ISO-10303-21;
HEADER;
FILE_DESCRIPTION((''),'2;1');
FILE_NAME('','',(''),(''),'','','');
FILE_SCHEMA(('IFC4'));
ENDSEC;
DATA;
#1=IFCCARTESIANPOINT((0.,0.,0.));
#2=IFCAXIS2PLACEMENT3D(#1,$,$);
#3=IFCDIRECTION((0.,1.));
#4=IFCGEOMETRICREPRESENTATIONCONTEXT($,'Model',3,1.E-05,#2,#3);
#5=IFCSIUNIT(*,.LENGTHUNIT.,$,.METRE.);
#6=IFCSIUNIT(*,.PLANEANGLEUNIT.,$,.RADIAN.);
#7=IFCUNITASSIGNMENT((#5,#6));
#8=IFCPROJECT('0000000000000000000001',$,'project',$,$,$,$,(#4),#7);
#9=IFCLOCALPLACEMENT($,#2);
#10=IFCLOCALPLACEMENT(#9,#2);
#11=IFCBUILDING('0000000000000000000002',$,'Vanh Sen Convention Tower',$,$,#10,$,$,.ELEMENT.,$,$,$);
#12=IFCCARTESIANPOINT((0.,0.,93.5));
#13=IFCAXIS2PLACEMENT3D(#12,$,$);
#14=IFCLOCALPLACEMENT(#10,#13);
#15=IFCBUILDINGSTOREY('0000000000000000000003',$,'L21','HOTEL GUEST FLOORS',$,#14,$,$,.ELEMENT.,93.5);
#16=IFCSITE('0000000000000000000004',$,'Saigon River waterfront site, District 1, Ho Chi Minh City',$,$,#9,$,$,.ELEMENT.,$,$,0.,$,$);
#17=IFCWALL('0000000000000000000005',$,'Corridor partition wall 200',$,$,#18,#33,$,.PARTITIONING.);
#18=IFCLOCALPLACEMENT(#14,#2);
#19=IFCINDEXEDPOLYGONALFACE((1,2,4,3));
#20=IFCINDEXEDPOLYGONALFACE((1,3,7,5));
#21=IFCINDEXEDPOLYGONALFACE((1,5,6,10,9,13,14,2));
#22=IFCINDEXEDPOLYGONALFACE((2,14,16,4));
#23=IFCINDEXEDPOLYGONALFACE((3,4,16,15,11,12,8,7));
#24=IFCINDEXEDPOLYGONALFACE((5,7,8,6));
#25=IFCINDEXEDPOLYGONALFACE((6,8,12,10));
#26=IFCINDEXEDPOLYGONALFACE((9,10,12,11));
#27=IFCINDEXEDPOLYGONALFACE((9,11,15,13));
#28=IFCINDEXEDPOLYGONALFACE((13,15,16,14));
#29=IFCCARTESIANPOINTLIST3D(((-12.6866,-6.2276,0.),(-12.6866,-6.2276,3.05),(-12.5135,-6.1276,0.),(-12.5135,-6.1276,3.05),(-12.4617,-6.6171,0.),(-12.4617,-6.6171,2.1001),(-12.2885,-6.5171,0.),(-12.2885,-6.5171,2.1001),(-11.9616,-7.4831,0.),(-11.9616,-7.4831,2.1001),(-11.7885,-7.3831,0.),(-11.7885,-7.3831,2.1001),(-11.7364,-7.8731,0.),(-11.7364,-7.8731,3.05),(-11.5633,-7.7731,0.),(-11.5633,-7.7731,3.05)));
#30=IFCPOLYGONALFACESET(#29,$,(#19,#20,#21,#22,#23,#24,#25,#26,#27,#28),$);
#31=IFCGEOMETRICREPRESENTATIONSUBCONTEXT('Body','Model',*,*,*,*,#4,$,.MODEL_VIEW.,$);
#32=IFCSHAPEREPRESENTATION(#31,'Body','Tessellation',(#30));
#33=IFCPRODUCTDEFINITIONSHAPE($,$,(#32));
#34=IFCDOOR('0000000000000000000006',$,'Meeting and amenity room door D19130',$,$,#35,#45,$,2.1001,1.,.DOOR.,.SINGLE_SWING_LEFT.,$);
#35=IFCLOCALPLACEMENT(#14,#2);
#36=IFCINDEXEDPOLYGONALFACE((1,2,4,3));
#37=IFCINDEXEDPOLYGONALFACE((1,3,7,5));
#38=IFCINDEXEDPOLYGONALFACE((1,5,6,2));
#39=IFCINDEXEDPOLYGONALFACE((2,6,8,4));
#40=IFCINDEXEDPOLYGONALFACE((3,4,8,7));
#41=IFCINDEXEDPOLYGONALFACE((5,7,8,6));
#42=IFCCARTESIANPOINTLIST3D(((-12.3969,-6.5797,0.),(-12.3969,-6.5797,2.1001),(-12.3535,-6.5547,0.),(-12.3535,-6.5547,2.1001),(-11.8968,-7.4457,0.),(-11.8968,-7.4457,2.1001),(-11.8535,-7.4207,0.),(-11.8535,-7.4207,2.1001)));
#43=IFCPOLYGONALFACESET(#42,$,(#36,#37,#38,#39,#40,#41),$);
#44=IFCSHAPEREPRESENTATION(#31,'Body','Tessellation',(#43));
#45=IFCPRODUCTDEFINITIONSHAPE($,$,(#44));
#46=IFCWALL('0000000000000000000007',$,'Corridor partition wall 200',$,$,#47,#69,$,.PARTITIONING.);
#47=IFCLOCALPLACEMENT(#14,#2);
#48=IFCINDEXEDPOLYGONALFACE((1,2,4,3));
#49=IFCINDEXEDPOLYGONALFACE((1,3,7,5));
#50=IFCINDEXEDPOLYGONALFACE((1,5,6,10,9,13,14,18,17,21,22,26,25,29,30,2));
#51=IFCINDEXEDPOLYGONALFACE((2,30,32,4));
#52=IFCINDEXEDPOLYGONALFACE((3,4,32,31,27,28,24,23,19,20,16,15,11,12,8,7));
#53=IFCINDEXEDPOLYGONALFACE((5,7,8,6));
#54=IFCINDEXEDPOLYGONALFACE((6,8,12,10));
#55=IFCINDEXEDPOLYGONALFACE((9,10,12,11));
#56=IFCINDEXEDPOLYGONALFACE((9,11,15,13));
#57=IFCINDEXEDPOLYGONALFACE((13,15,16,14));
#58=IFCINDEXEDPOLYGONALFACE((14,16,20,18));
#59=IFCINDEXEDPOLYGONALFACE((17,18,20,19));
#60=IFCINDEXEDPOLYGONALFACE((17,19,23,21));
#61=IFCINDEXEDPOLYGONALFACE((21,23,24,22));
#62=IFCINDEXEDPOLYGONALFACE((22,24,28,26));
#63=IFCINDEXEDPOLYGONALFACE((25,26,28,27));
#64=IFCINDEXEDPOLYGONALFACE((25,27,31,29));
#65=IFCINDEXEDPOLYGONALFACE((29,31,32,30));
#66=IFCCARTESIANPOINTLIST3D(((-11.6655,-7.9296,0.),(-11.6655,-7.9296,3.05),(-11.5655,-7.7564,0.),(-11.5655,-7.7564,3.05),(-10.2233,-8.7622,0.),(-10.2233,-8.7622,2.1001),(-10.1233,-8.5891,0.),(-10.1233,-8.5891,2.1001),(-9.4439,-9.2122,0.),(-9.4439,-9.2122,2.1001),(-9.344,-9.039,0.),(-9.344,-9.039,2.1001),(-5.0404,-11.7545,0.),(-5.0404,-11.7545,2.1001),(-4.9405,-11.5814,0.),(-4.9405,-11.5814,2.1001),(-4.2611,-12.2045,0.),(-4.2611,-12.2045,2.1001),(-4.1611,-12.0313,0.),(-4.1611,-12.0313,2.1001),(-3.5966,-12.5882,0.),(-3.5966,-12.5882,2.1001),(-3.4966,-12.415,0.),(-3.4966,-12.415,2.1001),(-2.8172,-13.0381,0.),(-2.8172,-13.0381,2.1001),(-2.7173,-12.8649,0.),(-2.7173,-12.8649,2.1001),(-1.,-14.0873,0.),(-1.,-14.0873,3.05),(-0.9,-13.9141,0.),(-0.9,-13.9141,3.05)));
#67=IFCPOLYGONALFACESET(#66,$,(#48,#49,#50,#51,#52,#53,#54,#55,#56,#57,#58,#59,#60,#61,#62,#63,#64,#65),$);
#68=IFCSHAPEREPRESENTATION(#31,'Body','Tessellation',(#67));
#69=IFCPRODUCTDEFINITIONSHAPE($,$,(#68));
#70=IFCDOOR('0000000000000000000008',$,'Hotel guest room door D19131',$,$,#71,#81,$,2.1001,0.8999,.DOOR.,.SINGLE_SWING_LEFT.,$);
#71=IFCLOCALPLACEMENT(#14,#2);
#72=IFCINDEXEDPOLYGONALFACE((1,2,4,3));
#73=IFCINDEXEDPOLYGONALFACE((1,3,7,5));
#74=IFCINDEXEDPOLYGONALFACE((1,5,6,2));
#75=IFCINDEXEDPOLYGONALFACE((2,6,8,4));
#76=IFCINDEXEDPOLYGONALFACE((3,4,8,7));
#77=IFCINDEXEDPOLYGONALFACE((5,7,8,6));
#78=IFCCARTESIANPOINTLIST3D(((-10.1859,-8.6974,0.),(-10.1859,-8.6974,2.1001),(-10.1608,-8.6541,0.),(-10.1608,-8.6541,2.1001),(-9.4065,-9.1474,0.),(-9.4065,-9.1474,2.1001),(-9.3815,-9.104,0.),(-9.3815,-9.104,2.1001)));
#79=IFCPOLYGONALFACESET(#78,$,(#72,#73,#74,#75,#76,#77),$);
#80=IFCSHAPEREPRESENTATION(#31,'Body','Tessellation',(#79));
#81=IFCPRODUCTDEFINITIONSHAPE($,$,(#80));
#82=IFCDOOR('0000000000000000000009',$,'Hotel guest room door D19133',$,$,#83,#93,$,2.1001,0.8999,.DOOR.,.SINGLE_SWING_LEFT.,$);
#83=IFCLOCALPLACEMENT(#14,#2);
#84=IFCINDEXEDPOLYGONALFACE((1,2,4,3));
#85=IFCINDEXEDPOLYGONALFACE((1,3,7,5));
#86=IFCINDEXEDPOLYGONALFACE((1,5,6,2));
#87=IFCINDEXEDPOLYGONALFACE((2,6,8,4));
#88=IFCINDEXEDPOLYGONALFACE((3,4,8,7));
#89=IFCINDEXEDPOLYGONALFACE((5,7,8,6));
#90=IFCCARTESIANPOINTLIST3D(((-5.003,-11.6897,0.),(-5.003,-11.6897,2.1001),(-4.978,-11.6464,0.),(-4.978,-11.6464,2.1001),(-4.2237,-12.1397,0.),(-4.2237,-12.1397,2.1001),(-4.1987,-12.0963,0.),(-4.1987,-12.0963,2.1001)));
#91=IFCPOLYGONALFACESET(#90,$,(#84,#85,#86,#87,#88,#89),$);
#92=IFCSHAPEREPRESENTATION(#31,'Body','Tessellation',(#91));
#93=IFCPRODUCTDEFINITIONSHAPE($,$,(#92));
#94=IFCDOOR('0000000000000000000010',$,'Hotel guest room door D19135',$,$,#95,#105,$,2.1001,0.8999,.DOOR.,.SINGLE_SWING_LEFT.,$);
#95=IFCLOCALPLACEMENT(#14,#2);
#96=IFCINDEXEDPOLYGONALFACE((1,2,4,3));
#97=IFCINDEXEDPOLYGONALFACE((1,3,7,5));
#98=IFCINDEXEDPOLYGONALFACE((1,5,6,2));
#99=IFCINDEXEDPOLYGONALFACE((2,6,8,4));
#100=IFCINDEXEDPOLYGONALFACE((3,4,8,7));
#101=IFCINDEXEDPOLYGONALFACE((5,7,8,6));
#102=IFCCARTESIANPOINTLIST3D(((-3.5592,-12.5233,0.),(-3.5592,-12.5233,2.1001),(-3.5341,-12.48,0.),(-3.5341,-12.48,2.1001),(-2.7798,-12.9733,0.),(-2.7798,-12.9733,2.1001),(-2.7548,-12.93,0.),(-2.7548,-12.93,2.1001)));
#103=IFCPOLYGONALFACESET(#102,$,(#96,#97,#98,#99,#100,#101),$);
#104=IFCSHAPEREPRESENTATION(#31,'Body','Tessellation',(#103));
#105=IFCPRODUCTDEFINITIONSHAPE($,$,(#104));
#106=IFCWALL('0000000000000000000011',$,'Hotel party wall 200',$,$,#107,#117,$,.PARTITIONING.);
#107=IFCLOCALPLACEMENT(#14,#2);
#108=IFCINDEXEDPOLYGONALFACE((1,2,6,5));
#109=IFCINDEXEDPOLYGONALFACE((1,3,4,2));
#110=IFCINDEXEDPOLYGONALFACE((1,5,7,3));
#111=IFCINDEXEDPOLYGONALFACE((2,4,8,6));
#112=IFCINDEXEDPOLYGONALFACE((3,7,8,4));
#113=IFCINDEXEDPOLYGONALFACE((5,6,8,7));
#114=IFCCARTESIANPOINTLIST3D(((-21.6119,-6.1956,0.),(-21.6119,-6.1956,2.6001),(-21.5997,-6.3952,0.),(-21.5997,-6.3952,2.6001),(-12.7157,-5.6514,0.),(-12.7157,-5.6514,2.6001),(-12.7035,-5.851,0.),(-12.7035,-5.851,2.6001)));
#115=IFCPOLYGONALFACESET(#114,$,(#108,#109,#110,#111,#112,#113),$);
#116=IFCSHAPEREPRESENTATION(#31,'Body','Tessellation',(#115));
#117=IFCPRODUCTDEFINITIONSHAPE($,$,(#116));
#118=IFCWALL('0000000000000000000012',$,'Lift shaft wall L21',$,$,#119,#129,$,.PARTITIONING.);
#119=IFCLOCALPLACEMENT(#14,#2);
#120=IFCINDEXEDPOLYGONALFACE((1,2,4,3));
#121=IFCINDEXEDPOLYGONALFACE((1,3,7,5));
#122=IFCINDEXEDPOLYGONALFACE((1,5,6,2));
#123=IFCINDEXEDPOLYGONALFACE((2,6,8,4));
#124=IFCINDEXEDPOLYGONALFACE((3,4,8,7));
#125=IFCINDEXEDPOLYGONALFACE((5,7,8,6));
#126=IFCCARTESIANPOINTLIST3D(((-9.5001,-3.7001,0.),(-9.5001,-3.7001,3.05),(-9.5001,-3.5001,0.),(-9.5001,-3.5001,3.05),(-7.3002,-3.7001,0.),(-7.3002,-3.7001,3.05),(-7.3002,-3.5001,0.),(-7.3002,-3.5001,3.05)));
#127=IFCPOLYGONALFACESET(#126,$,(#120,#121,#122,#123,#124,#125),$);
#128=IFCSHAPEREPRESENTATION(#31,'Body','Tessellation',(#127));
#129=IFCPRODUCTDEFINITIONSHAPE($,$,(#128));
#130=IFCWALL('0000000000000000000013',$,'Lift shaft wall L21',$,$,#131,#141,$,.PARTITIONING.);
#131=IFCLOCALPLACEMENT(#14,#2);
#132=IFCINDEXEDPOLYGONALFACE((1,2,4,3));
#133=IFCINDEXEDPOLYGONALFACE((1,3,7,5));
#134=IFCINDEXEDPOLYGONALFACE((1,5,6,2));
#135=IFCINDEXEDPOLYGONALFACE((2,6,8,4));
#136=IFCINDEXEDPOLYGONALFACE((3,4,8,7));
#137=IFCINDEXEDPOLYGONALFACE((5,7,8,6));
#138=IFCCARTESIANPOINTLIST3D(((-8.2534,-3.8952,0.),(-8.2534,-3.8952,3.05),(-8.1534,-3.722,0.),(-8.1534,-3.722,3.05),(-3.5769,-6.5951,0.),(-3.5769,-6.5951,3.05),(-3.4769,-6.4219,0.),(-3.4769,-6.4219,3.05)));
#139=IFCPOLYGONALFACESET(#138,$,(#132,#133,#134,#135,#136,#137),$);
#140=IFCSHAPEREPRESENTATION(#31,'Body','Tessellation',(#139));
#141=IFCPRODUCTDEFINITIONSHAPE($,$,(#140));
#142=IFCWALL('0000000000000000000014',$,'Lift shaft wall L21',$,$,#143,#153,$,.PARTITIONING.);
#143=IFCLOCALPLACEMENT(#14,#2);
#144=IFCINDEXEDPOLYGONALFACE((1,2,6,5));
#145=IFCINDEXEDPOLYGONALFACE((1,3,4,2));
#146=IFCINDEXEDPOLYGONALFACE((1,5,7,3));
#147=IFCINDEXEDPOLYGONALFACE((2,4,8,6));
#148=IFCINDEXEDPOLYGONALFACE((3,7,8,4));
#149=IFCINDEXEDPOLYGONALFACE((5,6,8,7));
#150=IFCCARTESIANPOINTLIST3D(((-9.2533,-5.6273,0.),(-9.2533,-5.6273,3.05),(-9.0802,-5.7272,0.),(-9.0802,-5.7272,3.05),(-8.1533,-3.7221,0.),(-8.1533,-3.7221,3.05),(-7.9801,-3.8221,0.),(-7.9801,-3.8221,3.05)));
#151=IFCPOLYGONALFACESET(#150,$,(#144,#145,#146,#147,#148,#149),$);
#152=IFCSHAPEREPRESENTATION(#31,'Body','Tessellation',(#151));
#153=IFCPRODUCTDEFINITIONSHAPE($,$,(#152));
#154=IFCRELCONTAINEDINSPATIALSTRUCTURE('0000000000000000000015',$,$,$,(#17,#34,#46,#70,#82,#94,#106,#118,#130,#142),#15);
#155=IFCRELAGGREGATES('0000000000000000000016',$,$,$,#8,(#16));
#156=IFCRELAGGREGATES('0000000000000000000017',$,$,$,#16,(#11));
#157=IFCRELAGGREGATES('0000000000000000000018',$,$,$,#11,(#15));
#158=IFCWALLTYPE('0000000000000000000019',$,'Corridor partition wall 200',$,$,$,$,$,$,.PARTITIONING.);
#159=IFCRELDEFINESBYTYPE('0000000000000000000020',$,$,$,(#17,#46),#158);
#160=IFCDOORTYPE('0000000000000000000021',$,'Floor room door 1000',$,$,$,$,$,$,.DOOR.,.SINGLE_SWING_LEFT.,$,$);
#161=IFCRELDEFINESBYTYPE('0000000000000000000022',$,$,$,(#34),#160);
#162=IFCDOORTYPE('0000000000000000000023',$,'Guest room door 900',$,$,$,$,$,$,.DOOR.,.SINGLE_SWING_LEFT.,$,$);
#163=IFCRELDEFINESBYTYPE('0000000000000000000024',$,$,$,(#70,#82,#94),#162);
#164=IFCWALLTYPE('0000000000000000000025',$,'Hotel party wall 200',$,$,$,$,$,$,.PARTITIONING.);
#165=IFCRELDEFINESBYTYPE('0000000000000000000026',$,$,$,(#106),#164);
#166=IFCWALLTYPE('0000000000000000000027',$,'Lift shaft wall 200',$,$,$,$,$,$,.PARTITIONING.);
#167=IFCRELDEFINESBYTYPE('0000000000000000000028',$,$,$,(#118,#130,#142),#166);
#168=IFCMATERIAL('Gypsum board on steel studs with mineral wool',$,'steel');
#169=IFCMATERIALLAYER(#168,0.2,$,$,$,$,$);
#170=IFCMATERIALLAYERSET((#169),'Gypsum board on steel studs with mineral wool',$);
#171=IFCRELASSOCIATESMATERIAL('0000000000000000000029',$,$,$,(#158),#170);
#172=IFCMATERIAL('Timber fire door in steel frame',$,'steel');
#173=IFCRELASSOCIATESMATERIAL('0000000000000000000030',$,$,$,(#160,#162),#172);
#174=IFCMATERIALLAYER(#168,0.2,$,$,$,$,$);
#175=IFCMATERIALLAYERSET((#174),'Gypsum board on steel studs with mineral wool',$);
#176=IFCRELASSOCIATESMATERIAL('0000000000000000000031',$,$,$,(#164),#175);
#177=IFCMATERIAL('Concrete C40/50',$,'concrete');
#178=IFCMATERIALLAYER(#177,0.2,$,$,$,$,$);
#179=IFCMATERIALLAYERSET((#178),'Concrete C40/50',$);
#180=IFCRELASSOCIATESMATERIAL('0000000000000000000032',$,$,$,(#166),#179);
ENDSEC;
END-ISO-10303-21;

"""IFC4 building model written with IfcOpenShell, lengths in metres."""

from ifc_helpers import new_model, si_unit, direction, frame, frame_2d, origin, place, context, subcontext, project, spatial, rectangle, extrude, material, layer, layer_set, type_object, element, fill, save


model = new_model("IFC4")

# Units and contexts
model_context = context("Model", 3, precision=1e-05, world=origin(), true_north=direction((0.0, 1.0)))
body_context = subcontext(model_context, "Body", "Model", "MODEL_VIEW")
ifc_project = project(units=[si_unit("LENGTHUNIT", "METRE"), si_unit("PLANEANGLEUNIT", "RADIAN")], contexts=[model_context])

# Site, building, storey
site_placement = place(None, origin())
site = spatial("IfcSite", under=ifc_project, at=site_placement, Name="Saigon River waterfront site, District 1, Ho Chi Minh City", CompositionType="ELEMENT", RefElevation=0.0)
building_placement = place(site_placement, origin())
building = spatial("IfcBuilding", under=site, at=building_placement, Name="Vanh Sen Convention Tower", CompositionType="ELEMENT")
storey_placement = place(building_placement, frame((0.0, 0.0, 93.5)))
storey = spatial("IfcBuildingStorey", under=building, at=storey_placement, Name="L21", Description="HOTEL GUEST FLOORS", CompositionType="ELEMENT", Elevation=93.5)

# Wall, opening, door
ifc_material_1 = material(Name="Gypsum board on steel studs with mineral wool", Category="steel")
ifc_layer_1 = layer(ifc_material_1, 0.2)
ifc_layer_set_1 = layer_set([ifc_layer_1], Name="Gypsum board on steel studs with mineral wool")
wall_type_1 = type_object("IfcWallType", Name="Corridor partition wall 200", PredefinedType="PARTITIONING", material=ifc_layer_set_1)
wall_1_placement = place(storey_placement, frame((-12.6001, -6.1775, 0.0), z_axis=(0.0, 0.0, 1.0), x_axis=(0.500064, -0.865989, 0.0)))
wall_1 = element("IfcWall", 1, at=wall_1_placement, inside=storey, type_object=wall_type_1, Name="Corridor partition wall 200", PredefinedType="PARTITIONING", context=body_context, shape_type="SweptSolid", body=[
    extrude(rectangle(XDim=1.9001, YDim=0.2, at=frame_2d((0.9502, 0.0))), origin(), (0.0, 0.0, 1.0), 3.05),
])
opening_1_placement = place(wall_1_placement, frame((0.45, 0.0, 0.0)))
opening_1 = element("IfcOpeningElement", 2, at=opening_1_placement, cuts=wall_1, PredefinedType="OPENING", context=body_context, shape_type="SweptSolid", body=[
    extrude(rectangle(XDim=1.0, YDim=2.1001, at=frame_2d((0.5, 1.05))), frame((0.0, 0.1099, 0.0), z_axis=(0.0, -1.0, 0.0), x_axis=(1.0, 0.0, 0.0)), (0.0, 0.0, 1.0), 0.22),
])
ifc_material_2 = material(Name="Timber fire door in steel frame", Category="steel")
door_type_1 = type_object("IfcDoorType", Name="Floor room door 1000", OperationType="SINGLE_SWING_LEFT", PredefinedType="DOOR", material=ifc_material_2)
door_1_placement = place(opening_1_placement, origin())
door_1 = element("IfcDoor", 3, at=door_1_placement, inside=storey, type_object=door_type_1, Name="Meeting and amenity room door D19130", OperationType="SINGLE_SWING_LEFT", OverallHeight=2.1001, OverallWidth=1.0, PredefinedType="DOOR", context=body_context, shape_type="SweptSolid", body=[
    extrude(rectangle(XDim=1.0, YDim=2.1001, at=frame_2d((0.5, 1.05))), frame((0.0, 0.0249, 0.0), z_axis=(0.0, -1.0, 0.0), x_axis=(1.0, 0.0, 0.0)), (0.0, 0.0, 1.0), 0.05),
])
fill(opening_1, door_1)

# Wall, openings, doors
wall_2_placement = place(storey_placement, frame((-11.6155, -7.843, 0.0), z_axis=(0.0, 0.0, 1.0), x_axis=(0.866026, -0.499998, 0.0)))
wall_2 = element("IfcWall", 4, at=wall_2_placement, inside=storey, type_object=wall_type_1, Name="Corridor partition wall 200", PredefinedType="PARTITIONING", context=body_context, shape_type="SweptSolid", body=[
    extrude(rectangle(XDim=12.3154, YDim=0.2, at=frame_2d((6.1577, 0.0))), origin(), (0.0, 0.0, 1.0), 3.05),
])
opening_2_placement = place(wall_2_placement, frame((1.6653, 0.0, 0.0)))
opening_2 = element("IfcOpeningElement", 5, at=opening_2_placement, cuts=wall_2, PredefinedType="OPENING", context=body_context, shape_type="SweptSolid", body=[
    extrude(rectangle(XDim=0.8999, YDim=2.1001, at=frame_2d((0.45, 1.05))), frame((0.0, 0.1099, 0.0), z_axis=(0.0, -1.0, 0.0), x_axis=(1.0, 0.0, 0.0)), (0.0, 0.0, 1.0), 0.22),
])
opening_3_placement = place(wall_2_placement, frame((7.6499, 0.0, 0.0)))
opening_3 = element("IfcOpeningElement", 6, at=opening_3_placement, cuts=wall_2, PredefinedType="OPENING", context=body_context, shape_type="SweptSolid", body=[
    extrude(rectangle(XDim=0.8999, YDim=2.1001, at=frame_2d((0.45, 1.05))), frame((0.0, 0.1099, 0.0), z_axis=(0.0, -1.0, 0.0), x_axis=(1.0, 0.0, 0.0)), (0.0, 0.0, 1.0), 0.22),
])
opening_4_placement = place(wall_2_placement, frame((9.3171, 0.0, 0.0)))
opening_4 = element("IfcOpeningElement", 7, at=opening_4_placement, cuts=wall_2, PredefinedType="OPENING", context=body_context, shape_type="SweptSolid", body=[
    extrude(rectangle(XDim=0.8999, YDim=2.1001, at=frame_2d((0.45, 1.05))), frame((0.0, 0.1099, 0.0), z_axis=(0.0, -1.0, 0.0), x_axis=(1.0, 0.0, 0.0)), (0.0, 0.0, 1.0), 0.22),
])
door_type_2 = type_object("IfcDoorType", Name="Guest room door 900", OperationType="SINGLE_SWING_LEFT", PredefinedType="DOOR", material=ifc_material_2)
door_2_placement = place(opening_2_placement, origin())
door_2 = element("IfcDoor", 8, at=door_2_placement, inside=storey, type_object=door_type_2, Name="Hotel guest room door D19131", OperationType="SINGLE_SWING_LEFT", OverallHeight=2.1001, OverallWidth=0.8999, PredefinedType="DOOR", context=body_context, shape_type="SweptSolid", body=[
    extrude(rectangle(XDim=0.8999, YDim=2.1001, at=frame_2d((0.45, 1.05))), frame((0.0, 0.0249, 0.0), z_axis=(0.0, -1.0, 0.0), x_axis=(1.0, 0.0, 0.0)), (0.0, 0.0, 1.0), 0.05),
])
fill(opening_2, door_2)
door_3_placement = place(opening_3_placement, origin())
door_3 = element("IfcDoor", 9, at=door_3_placement, inside=storey, type_object=door_type_2, Name="Hotel guest room door D19133", OperationType="SINGLE_SWING_LEFT", OverallHeight=2.1001, OverallWidth=0.8999, PredefinedType="DOOR", context=body_context, shape_type="SweptSolid", body=[
    extrude(rectangle(XDim=0.8999, YDim=2.1001, at=frame_2d((0.45, 1.05))), frame((0.0, 0.0249, 0.0), z_axis=(0.0, -1.0, 0.0), x_axis=(1.0, 0.0, 0.0)), (0.0, 0.0, 1.0), 0.05),
])
fill(opening_3, door_3)
door_4_placement = place(opening_4_placement, origin())
door_4 = element("IfcDoor", 10, at=door_4_placement, inside=storey, type_object=door_type_2, Name="Hotel guest room door D19135", OperationType="SINGLE_SWING_LEFT", OverallHeight=2.1001, OverallWidth=0.8999, PredefinedType="DOOR", context=body_context, shape_type="SweptSolid", body=[
    extrude(rectangle(XDim=0.8999, YDim=2.1001, at=frame_2d((0.45, 1.05))), frame((0.0, 0.0249, 0.0), z_axis=(0.0, -1.0, 0.0), x_axis=(1.0, 0.0, 0.0)), (0.0, 0.0, 1.0), 0.05),
])
fill(opening_4, door_4)

# Walls
ifc_layer_2 = layer(ifc_material_1, 0.2)
ifc_layer_set_2 = layer_set([ifc_layer_2], Name="Gypsum board on steel studs with mineral wool")
wall_type_2 = type_object("IfcWallType", Name="Hotel party wall 200", PredefinedType="PARTITIONING", material=ifc_layer_set_2)
wall_3_placement = place(storey_placement, frame((-21.606, -6.2954, 0.0), z_axis=(0.0, 0.0, 1.0), x_axis=(0.998134, 0.061057, 0.0)))
element("IfcWall", 11, at=wall_3_placement, inside=storey, type_object=wall_type_2, Name="Hotel party wall 200", PredefinedType="PARTITIONING", context=body_context, shape_type="SweptSolid", body=[
    extrude(rectangle(XDim=8.9128, YDim=0.2, at=frame_2d((4.4565, 0.0))), origin(), (0.0, 0.0, 1.0), 2.6001),
])
ifc_material_3 = material(Name="Concrete C40/50", Category="concrete")
ifc_layer_3 = layer(ifc_material_3, 0.2)
ifc_layer_set_3 = layer_set([ifc_layer_3], Name="Concrete C40/50")
wall_type_3 = type_object("IfcWallType", Name="Lift shaft wall 200", PredefinedType="PARTITIONING", material=ifc_layer_set_3)
wall_4_placement = place(storey_placement, frame((-7.3, -3.6001, 0.0), z_axis=(0.0, 0.0, 1.0), x_axis=(-1.0, 0.0, 0.0)))
element("IfcWall", 12, at=wall_4_placement, inside=storey, type_object=wall_type_3, Name="Lift shaft wall L21", PredefinedType="PARTITIONING", context=body_context, shape_type="SweptSolid", body=[
    extrude(rectangle(XDim=2.2, YDim=0.2, at=frame_2d((1.1001, 0.0))), origin(), (0.0, 0.0, 1.0), 3.05),
])
wall_5_placement = place(storey_placement, frame((-8.2034, -3.8086, 0.0), z_axis=(0.0, 0.0, 1.0), x_axis=(0.866028, -0.499995, 0.0)))
element("IfcWall", 13, at=wall_5_placement, inside=storey, type_object=wall_type_3, Name="Lift shaft wall L21", PredefinedType="PARTITIONING", context=body_context, shape_type="SweptSolid", body=[
    extrude(rectangle(XDim=5.3999, YDim=0.2, at=frame_2d((2.7, 0.0))), origin(), (0.0, 0.0, 1.0), 3.05),
])
wall_6_placement = place(storey_placement, frame((-8.0667, -3.772, 0.0), z_axis=(0.0, 0.0, 1.0), x_axis=(-0.50003, -0.866008, 0.0)))
element("IfcWall", 14, at=wall_6_placement, inside=storey, type_object=wall_type_3, Name="Lift shaft wall L21", PredefinedType="PARTITIONING", context=body_context, shape_type="SweptSolid", body=[
    extrude(rectangle(XDim=2.2, YDim=0.2, at=frame_2d((1.1001, 0.0))), origin(), (0.0, 0.0, 1.0), 3.05),
])

save(model, "model.ifc")
